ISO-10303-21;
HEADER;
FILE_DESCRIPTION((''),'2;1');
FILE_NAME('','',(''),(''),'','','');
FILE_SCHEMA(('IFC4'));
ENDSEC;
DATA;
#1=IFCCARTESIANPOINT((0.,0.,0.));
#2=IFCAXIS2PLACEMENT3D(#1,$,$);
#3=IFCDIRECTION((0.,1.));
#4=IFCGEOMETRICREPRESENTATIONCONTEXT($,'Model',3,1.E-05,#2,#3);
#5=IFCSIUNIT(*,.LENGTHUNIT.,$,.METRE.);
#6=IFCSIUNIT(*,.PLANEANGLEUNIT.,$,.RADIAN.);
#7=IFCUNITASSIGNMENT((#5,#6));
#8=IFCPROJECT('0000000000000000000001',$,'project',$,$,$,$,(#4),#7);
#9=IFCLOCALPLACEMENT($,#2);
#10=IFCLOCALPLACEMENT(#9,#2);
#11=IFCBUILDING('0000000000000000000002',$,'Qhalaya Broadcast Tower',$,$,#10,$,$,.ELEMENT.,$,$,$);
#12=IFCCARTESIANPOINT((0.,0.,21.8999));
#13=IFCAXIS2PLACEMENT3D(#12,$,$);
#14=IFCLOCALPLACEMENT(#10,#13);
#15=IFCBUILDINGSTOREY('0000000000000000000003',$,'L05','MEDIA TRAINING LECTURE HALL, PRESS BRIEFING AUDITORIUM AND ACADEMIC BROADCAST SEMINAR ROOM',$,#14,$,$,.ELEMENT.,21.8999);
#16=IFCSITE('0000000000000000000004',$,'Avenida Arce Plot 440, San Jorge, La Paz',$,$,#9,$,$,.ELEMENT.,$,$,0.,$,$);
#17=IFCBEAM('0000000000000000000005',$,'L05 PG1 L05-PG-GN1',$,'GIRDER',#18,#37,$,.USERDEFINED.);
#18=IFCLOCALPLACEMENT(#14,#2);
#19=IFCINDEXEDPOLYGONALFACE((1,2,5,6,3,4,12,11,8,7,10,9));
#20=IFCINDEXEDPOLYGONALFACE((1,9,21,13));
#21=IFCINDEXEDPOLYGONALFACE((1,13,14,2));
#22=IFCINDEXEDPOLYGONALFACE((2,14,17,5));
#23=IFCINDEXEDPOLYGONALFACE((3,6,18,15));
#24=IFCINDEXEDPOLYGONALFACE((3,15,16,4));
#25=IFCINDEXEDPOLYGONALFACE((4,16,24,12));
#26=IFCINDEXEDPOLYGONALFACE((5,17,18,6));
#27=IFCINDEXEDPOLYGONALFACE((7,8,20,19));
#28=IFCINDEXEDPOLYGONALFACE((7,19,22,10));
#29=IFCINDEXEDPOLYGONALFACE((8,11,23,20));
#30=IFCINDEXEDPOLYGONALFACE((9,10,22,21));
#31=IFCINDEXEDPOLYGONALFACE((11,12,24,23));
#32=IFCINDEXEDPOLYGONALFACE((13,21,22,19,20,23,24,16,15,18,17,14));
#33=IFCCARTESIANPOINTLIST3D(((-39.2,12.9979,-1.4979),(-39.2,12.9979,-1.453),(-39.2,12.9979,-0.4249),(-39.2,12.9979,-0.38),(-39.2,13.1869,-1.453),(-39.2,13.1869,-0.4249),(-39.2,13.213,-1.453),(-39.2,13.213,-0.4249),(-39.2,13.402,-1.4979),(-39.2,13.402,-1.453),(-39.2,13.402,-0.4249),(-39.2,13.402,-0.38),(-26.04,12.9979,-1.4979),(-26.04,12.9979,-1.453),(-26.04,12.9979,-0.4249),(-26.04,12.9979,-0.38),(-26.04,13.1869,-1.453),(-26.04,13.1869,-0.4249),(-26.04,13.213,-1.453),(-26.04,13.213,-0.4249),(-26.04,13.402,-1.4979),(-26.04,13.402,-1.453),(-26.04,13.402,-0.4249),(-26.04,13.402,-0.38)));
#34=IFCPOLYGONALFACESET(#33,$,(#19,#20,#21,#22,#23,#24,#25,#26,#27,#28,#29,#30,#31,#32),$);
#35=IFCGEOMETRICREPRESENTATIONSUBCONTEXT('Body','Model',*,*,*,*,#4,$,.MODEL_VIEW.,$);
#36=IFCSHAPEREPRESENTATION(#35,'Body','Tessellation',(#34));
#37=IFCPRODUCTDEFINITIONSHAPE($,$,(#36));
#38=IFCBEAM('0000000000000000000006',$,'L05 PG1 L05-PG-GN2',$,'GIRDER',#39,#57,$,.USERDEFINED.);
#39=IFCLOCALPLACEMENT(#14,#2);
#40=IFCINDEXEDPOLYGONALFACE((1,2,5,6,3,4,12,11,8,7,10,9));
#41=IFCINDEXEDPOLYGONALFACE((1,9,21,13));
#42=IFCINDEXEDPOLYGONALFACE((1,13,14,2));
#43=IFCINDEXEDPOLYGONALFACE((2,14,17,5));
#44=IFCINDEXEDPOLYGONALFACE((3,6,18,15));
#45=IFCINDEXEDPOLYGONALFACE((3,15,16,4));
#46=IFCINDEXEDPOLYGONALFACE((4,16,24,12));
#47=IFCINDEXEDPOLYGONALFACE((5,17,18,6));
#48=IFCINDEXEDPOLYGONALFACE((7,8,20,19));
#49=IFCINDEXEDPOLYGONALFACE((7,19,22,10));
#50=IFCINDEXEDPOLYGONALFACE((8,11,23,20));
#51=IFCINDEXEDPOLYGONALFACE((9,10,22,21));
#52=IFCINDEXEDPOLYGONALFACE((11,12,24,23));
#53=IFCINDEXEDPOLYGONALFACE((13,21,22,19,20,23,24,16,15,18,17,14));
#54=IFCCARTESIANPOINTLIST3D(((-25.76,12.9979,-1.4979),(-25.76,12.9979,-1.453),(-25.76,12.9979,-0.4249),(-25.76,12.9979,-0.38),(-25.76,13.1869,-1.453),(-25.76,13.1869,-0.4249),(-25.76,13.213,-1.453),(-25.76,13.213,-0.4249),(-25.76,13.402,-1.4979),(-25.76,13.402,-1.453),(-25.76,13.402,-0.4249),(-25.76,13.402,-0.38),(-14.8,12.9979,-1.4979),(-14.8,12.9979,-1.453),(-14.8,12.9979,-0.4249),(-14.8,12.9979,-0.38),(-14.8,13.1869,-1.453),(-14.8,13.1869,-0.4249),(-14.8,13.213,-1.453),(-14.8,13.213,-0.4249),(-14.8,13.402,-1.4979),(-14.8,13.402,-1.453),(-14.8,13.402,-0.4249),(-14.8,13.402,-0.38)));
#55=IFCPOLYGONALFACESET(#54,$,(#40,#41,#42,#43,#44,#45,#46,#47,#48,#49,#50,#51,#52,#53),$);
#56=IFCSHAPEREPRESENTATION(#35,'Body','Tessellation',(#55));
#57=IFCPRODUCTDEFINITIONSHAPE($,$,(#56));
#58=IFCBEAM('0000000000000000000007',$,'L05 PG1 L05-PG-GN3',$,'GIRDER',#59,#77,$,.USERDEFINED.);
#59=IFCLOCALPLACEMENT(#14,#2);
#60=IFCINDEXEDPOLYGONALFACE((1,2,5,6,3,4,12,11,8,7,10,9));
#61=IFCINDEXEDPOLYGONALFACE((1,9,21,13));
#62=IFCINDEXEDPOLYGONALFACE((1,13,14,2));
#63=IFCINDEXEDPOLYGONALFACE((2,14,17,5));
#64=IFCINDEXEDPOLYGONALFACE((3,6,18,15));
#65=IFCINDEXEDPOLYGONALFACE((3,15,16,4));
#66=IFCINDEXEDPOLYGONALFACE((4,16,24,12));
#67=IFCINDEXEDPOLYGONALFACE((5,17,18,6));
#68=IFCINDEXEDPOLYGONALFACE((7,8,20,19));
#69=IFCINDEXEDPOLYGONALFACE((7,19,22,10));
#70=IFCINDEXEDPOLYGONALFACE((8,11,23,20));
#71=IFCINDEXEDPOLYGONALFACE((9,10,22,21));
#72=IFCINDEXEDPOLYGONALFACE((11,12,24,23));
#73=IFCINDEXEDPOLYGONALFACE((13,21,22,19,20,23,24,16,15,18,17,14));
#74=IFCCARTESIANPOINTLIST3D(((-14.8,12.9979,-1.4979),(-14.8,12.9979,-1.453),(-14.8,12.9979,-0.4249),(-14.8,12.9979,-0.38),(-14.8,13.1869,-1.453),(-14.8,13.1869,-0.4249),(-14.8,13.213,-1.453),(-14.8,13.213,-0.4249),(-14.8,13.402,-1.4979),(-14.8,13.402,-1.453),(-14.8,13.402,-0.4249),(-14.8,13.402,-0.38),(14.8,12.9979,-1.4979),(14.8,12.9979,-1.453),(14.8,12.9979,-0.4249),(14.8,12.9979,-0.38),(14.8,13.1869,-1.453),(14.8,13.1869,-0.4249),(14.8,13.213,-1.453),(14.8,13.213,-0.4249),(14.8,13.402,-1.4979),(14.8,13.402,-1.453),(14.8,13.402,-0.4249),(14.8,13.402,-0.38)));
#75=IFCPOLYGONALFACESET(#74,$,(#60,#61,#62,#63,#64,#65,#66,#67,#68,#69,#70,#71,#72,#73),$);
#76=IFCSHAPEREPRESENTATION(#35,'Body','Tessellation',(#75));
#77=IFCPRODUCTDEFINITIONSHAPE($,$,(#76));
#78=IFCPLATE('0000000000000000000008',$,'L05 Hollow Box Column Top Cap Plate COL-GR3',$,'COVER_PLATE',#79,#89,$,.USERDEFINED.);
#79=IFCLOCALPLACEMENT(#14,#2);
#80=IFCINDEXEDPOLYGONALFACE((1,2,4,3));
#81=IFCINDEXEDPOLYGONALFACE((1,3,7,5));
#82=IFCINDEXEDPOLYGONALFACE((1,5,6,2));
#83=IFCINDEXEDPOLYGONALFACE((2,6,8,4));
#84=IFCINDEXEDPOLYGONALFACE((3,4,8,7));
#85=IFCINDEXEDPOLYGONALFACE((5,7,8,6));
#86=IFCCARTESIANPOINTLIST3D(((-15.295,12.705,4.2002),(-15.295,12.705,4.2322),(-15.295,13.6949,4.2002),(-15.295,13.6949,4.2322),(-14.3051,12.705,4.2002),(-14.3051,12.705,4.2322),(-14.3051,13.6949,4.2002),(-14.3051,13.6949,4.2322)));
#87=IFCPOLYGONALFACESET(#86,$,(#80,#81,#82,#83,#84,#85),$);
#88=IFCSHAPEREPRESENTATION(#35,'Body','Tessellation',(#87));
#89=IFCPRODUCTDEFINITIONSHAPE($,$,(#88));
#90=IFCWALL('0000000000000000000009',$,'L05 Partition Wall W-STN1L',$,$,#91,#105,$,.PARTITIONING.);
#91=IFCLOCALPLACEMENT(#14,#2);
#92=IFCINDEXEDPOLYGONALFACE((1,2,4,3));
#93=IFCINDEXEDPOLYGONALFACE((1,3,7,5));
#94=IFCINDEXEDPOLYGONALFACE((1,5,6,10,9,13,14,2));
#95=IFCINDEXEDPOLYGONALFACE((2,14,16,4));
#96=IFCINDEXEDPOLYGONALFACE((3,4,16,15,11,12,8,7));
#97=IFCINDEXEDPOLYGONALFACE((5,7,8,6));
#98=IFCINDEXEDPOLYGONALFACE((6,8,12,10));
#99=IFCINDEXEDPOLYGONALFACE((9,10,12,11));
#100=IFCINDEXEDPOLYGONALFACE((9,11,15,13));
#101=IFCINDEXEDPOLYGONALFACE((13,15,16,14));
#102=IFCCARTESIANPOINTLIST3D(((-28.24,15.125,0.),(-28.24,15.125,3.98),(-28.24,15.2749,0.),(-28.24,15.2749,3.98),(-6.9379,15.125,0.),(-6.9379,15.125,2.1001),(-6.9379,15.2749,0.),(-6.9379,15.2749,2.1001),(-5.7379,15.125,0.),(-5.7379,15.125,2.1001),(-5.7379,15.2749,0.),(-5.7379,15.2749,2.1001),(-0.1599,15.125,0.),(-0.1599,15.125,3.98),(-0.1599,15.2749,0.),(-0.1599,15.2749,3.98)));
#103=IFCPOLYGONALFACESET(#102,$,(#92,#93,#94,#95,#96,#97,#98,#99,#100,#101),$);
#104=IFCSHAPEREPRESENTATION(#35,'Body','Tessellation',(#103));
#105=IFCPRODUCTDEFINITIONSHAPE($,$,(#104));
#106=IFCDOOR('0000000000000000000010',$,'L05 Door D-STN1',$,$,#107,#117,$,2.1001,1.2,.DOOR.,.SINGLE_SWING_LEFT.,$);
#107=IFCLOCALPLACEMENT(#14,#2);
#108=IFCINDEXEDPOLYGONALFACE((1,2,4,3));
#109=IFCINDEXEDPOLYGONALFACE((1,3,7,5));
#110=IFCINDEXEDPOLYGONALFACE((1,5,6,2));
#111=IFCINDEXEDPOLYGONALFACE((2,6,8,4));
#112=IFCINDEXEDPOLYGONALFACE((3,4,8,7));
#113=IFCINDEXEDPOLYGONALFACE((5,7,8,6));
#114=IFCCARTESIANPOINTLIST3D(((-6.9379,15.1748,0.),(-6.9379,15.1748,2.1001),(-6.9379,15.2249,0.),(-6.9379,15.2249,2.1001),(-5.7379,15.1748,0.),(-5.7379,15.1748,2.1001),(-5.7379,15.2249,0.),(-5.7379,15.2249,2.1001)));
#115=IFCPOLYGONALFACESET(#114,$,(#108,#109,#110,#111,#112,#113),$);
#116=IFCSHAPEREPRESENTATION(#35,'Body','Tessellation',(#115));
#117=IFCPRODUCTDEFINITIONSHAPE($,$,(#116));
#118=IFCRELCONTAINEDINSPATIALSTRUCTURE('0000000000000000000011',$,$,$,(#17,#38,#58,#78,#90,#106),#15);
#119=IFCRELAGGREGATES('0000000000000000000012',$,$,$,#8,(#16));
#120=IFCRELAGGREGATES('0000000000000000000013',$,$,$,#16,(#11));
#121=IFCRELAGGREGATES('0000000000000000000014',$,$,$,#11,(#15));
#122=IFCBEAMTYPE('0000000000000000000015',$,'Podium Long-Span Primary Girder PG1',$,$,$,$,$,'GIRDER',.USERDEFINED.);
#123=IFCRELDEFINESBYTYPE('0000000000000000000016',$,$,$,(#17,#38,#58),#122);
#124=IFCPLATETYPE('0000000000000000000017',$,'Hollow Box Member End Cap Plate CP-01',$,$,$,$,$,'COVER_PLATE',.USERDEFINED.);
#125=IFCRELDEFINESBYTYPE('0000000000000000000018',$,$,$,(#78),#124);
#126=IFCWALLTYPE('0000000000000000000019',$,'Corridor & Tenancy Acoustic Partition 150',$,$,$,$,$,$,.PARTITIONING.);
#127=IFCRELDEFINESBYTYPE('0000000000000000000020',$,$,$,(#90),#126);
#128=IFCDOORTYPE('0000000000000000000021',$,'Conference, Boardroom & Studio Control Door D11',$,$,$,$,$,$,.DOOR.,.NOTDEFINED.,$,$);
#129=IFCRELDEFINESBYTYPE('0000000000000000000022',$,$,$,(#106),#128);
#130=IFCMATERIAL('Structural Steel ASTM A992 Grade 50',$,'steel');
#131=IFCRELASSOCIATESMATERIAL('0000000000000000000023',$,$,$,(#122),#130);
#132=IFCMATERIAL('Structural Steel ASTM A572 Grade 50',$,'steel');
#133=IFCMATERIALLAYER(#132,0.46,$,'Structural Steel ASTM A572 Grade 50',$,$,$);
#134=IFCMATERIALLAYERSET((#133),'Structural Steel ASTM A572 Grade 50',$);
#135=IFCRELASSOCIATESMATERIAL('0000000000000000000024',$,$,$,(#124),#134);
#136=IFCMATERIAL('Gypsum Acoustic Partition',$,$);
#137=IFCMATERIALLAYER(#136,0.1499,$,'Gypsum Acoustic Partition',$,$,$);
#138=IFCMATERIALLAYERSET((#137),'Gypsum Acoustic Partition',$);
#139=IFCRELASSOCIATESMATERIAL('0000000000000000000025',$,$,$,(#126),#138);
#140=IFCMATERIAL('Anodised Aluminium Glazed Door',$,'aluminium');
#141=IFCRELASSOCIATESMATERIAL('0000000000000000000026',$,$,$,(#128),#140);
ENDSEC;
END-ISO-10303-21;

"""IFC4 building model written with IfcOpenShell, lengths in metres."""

from ifc_helpers import new_model, si_unit, direction, frame, frame_2d, origin, origin_2d, place, context, subcontext, project, spatial, rectangle, i_section, extrude, material, layer, layer_set, material_profile, profile_set, type_object, element, fill, save


model = new_model("IFC4")

# Units and contexts
model_context = context("Model", 3, precision=1e-05, world=origin(), true_north=direction((0.0, 1.0)))
body_context = subcontext(model_context, "Body", "Model", "MODEL_VIEW")
ifc_project = project(units=[si_unit("LENGTHUNIT", "METRE"), si_unit("PLANEANGLEUNIT", "RADIAN")], contexts=[model_context])

# Site, building, storey
site_placement = place(None, origin())
site = spatial("IfcSite", under=ifc_project, at=site_placement, Name="Avenida Arce Plot 440, San Jorge, La Paz", CompositionType="ELEMENT", RefElevation=0.0)
building_placement = place(site_placement, origin())
building = spatial("IfcBuilding", under=site, at=building_placement, Name="Qhalaya Broadcast Tower", CompositionType="ELEMENT")
storey_placement = place(building_placement, frame((0.0, 0.0, 21.8999)))
storey = spatial("IfcBuildingStorey", under=building, at=storey_placement, Name="L05", Description="MEDIA TRAINING LECTURE HALL, PRESS BRIEFING AUDITORIUM AND ACADEMIC BROADCAST SEMINAR ROOM", CompositionType="ELEMENT", Elevation=21.8999)

# Shared definitions
ifc_material_1 = material(Name="Structural Steel ASTM A572 Grade 50", Category="steel")

# Beams
ifc_material_2 = material(Name="Structural Steel ASTM A992 Grade 50", Category="steel")
ifc_material_profile_1 = material_profile(ifc_material_2, i_section(OverallWidth=0.4041, OverallDepth=1.1179, WebThickness=0.0261, FlangeThickness=0.0449, at=origin_2d()), Name="W44X335")
ifc_profile_set_1 = profile_set([ifc_material_profile_1], Name="Structural Steel ASTM A992 Grade 50")
beam_type_1 = type_object("IfcBeamType", Name="Podium Long-Span Primary Girder PG1", ElementType="GIRDER", PredefinedType="USERDEFINED", material=ifc_profile_set_1)
beam_1_placement = place(storey_placement, frame((-39.2, 13.2, -0.939), z_axis=(1.0, 0.0, 0.0), x_axis=(0.0, 1.0, 0.0)))
element("IfcBeam", 1, at=beam_1_placement, inside=storey, type_object=beam_type_1, Name="L05 PG1 L05-PG-GN1", ObjectType="GIRDER", PredefinedType="USERDEFINED", context=body_context, shape_type="SweptSolid", body=[
    extrude(i_section(OverallWidth=0.4041, OverallDepth=1.1179, WebThickness=0.0261, FlangeThickness=0.0449, at=origin_2d()), origin(), (0.0, 0.0, 1.0), 13.1599),
])
beam_2_placement = place(storey_placement, frame((-25.76, 13.2, -0.939), z_axis=(1.0, 0.0, 0.0), x_axis=(0.0, 1.0, 0.0)))
element("IfcBeam", 2, at=beam_2_placement, inside=storey, type_object=beam_type_1, Name="L05 PG1 L05-PG-GN2", ObjectType="GIRDER", PredefinedType="USERDEFINED", context=body_context, shape_type="SweptSolid", body=[
    extrude(i_section(OverallWidth=0.4041, OverallDepth=1.1179, WebThickness=0.0261, FlangeThickness=0.0449, at=origin_2d()), origin(), (0.0, 0.0, 1.0), 10.96),
])
beam_3_placement = place(storey_placement, frame((-14.8, 13.2, -0.939), z_axis=(1.0, 0.0, 0.0), x_axis=(0.0, 1.0, 0.0)))
element("IfcBeam", 3, at=beam_3_placement, inside=storey, type_object=beam_type_1, Name="L05 PG1 L05-PG-GN3", ObjectType="GIRDER", PredefinedType="USERDEFINED", context=body_context, shape_type="SweptSolid", body=[
    extrude(i_section(OverallWidth=0.4041, OverallDepth=1.1179, WebThickness=0.0261, FlangeThickness=0.0449, at=origin_2d()), origin(), (0.0, 0.0, 1.0), 29.6001),
])

# Plate
ifc_layer_1 = layer(ifc_material_1, 0.46, Name="Structural Steel ASTM A572 Grade 50")
ifc_layer_set_1 = layer_set([ifc_layer_1], Name="Structural Steel ASTM A572 Grade 50")
plate_type = type_object("IfcPlateType", Name="Hollow Box Member End Cap Plate CP-01", ElementType="COVER_PLATE", PredefinedType="USERDEFINED", material=ifc_layer_set_1)
plate_placement = place(storey_placement, frame((-14.8, 13.2, 4.2002), z_axis=(0.0, 0.0, 1.0), x_axis=(1.0, 0.0, 0.0)))
element("IfcPlate", 4, at=plate_placement, inside=storey, type_object=plate_type, Name="L05 Hollow Box Column Top Cap Plate COL-GR3", ObjectType="COVER_PLATE", PredefinedType="USERDEFINED", context=body_context, shape_type="SweptSolid", body=[
    extrude(rectangle(XDim=0.99, YDim=0.99, at=origin_2d()), origin(), (0.0, 0.0, 1.0), 0.032),
])

# Wall, opening, door
ifc_material_3 = material(Name="Gypsum Acoustic Partition")
ifc_layer_2 = layer(ifc_material_3, 0.1499, Name="Gypsum Acoustic Partition")
ifc_layer_set_2 = layer_set([ifc_layer_2], Name="Gypsum Acoustic Partition")
wall_type_1 = type_object("IfcWallType", Name="Corridor & Tenancy Acoustic Partition 150", PredefinedType="PARTITIONING", material=ifc_layer_set_2)
wall_1_placement = place(storey_placement, frame((-28.24, 15.2, 0.0), z_axis=(0.0, 0.0, 1.0), x_axis=(1.0, 0.0, 0.0)))
wall_1 = element("IfcWall", 5, at=wall_1_placement, inside=storey, type_object=wall_type_1, Name="L05 Partition Wall W-STN1L", PredefinedType="PARTITIONING", context=body_context, shape_type="SweptSolid", body=[
    extrude(rectangle(XDim=28.0801, YDim=0.1499, at=frame_2d((14.04, 0.0))), origin(), (0.0, 0.0, 1.0), 3.98),
])
opening_1_placement = place(wall_1_placement, frame((21.302, 0.0, 0.0)))
opening_1 = element("IfcOpeningElement", 6, at=opening_1_placement, cuts=wall_1, PredefinedType="OPENING", context=body_context, shape_type="SweptSolid", body=[
    extrude(rectangle(XDim=1.2, YDim=2.1001, at=frame_2d((0.6001, 1.05))), frame((0.0, 0.0869, 0.0), z_axis=(0.0, -1.0, 0.0), x_axis=(1.0, 0.0, 0.0)), (0.0, 0.0, 1.0), 0.1738),
])
ifc_material_4 = material(Name="Anodised Aluminium Glazed Door", Category="aluminium")
door_type = type_object("IfcDoorType", Name="Conference, Boardroom & Studio Control Door D11", OperationType="NOTDEFINED", PredefinedType="DOOR", material=ifc_material_4)
door_placement = place(opening_1_placement, origin())
door = element("IfcDoor", 7, at=door_placement, inside=storey, type_object=door_type, Name="L05 Door D-STN1", OperationType="SINGLE_SWING_LEFT", OverallHeight=2.1001, OverallWidth=1.2, PredefinedType="DOOR", context=body_context, shape_type="SweptSolid", body=[
    extrude(rectangle(XDim=1.2, YDim=2.1001, at=frame_2d((0.6001, 1.05))), frame((0.0, 0.0249, 0.0), z_axis=(0.0, -1.0, 0.0), x_axis=(1.0, 0.0, 0.0)), (0.0, 0.0, 1.0), 0.05),
])
fill(opening_1, door)

save(model, "model.ifc")
